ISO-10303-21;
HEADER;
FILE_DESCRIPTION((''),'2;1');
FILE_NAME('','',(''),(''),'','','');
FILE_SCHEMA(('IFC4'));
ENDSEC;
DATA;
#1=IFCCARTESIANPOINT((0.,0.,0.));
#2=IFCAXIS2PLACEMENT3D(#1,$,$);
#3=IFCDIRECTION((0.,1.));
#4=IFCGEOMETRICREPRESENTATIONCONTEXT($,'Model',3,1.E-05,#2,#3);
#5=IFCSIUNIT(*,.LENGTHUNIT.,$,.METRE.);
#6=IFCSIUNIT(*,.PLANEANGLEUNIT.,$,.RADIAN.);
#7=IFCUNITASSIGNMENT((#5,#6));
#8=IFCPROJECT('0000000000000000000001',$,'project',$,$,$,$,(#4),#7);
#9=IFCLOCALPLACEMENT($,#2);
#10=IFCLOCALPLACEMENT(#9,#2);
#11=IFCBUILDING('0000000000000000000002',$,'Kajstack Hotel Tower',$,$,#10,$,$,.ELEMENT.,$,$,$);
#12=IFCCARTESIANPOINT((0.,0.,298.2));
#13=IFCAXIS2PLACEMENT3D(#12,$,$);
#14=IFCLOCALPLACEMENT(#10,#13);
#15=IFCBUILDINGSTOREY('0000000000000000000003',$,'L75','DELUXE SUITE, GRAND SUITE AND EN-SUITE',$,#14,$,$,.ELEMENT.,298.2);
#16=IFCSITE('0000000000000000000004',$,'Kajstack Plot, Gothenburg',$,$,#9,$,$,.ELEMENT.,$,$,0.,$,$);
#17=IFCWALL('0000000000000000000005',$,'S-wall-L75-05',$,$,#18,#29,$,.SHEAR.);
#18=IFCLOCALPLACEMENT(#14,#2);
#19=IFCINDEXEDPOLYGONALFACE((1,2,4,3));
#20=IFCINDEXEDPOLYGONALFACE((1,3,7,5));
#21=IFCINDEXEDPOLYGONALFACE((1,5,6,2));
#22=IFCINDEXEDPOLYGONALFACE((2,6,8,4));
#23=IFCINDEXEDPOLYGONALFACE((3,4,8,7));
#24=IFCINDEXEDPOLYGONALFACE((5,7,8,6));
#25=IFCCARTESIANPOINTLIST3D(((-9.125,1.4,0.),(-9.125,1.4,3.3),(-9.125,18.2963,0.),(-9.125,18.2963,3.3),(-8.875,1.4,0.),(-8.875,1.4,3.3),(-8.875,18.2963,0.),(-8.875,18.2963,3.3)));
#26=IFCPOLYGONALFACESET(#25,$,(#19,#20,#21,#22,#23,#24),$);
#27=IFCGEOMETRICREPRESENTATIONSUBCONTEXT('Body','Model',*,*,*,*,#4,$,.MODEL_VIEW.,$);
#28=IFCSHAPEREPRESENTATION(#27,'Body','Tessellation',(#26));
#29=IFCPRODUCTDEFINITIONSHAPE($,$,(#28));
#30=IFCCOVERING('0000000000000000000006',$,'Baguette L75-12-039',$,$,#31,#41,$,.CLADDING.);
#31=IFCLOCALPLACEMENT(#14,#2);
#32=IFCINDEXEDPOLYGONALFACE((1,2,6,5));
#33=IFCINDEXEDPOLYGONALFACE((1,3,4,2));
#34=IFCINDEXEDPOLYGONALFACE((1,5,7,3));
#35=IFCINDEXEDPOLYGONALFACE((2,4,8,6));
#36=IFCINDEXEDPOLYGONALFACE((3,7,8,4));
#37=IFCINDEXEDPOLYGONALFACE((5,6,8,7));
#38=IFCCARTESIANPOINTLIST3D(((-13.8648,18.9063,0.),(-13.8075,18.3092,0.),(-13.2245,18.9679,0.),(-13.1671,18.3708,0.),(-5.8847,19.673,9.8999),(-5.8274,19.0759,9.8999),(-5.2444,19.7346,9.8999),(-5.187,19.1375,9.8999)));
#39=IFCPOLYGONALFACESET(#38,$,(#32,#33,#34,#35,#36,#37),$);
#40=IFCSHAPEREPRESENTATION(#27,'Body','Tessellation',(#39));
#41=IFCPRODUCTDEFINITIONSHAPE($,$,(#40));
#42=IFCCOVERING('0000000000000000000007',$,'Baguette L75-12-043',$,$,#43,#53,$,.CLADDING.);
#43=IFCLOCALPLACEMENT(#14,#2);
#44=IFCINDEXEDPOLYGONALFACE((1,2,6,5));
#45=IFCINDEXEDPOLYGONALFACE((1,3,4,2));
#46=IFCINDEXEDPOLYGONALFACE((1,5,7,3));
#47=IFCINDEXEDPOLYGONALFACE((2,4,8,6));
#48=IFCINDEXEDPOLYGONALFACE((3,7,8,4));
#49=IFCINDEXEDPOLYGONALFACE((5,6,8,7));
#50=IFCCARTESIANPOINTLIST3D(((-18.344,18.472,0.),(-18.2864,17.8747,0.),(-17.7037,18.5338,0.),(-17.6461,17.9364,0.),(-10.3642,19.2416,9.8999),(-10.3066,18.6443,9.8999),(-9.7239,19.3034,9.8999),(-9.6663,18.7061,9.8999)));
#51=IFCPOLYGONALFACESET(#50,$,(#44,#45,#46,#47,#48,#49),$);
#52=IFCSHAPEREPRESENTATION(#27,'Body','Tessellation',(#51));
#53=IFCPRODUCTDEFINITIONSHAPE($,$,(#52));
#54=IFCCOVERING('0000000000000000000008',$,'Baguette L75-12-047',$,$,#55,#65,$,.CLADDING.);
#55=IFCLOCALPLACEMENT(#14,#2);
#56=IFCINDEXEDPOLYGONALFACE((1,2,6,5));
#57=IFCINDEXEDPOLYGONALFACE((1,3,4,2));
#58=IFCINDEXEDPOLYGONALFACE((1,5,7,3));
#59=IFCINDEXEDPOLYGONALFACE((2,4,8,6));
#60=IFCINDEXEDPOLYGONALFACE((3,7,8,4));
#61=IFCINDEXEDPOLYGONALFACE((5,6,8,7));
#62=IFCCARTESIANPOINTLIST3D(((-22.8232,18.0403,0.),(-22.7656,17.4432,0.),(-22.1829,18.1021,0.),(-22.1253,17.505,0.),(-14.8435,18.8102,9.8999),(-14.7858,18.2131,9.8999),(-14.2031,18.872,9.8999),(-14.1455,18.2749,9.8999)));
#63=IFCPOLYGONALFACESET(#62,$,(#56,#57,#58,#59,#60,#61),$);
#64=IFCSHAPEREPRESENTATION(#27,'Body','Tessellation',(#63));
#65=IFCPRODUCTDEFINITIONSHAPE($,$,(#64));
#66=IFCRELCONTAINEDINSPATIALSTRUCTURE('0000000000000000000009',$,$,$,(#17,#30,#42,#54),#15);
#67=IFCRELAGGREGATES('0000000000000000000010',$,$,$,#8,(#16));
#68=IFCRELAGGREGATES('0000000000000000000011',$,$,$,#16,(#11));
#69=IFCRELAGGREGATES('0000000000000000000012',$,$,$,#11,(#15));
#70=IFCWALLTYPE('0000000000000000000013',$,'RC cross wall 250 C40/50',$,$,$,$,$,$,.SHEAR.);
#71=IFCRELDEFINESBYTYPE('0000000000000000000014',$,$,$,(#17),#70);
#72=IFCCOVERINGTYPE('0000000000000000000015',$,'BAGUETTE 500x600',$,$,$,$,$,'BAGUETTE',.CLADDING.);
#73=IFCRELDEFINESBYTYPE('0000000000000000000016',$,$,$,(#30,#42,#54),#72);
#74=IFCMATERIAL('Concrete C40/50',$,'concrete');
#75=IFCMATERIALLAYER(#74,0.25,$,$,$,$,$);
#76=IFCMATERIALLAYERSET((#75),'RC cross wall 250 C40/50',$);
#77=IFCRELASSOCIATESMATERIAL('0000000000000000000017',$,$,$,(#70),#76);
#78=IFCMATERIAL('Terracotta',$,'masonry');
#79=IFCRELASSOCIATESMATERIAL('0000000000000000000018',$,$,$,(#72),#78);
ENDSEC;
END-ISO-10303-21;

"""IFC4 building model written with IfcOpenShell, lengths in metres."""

from ifc_helpers import new_model, si_unit, direction, frame, frame_2d, origin, origin_2d, place, context, subcontext, project, spatial, polyline, rectangle, outline, extrude, material, layer, layer_set, material_profile, profile_set, type_object, element, save


model = new_model("IFC4")

# Units and contexts
model_context = context("Model", 3, precision=1e-05, world=origin(), true_north=direction((0.0, 1.0)))
body_context = subcontext(model_context, "Body", "Model", "MODEL_VIEW")
ifc_project = project(units=[si_unit("LENGTHUNIT", "METRE"), si_unit("PLANEANGLEUNIT", "RADIAN")], contexts=[model_context])

# Site, building, storey
site_placement = place(None, origin())
site = spatial("IfcSite", under=ifc_project, at=site_placement, Name="Kajstack Plot, Gothenburg", CompositionType="ELEMENT", RefElevation=0.0)
building_placement = place(site_placement, origin())
building = spatial("IfcBuilding", under=site, at=building_placement, Name="Kajstack Hotel Tower", CompositionType="ELEMENT")
storey_placement = place(building_placement, frame((0.0, 0.0, 298.2)))
storey = spatial("IfcBuildingStorey", under=building, at=storey_placement, Name="L75", Description="DELUXE SUITE, GRAND SUITE AND EN-SUITE", CompositionType="ELEMENT", Elevation=298.2)

# Wall
ifc_material_1 = material(Name="Concrete C40/50", Category="concrete")
ifc_layer_1 = layer(ifc_material_1, 0.25)
ifc_layer_set_1 = layer_set([ifc_layer_1], Name="RC cross wall 250 C40/50")
wall_type_1 = type_object("IfcWallType", Name="RC cross wall 250 C40/50", PredefinedType="SHEAR", material=ifc_layer_set_1)
wall_1_placement = place(storey_placement, frame((-9.0, 1.3999, 0.0), z_axis=(0.0, 0.0, 1.0), x_axis=(0.0, 1.0, 0.0)))
element("IfcWall", 1, at=wall_1_placement, inside=storey, type_object=wall_type_1, Name="S-wall-L75-05", PredefinedType="SHEAR", context=body_context, shape_type="SweptSolid", body=[
    extrude(rectangle(XDim=16.8962, YDim=0.25, at=frame_2d((8.4482, 0.0))), origin(), (0.0, 0.0, 1.0), 3.3),
])

# Coverings
ifc_material_2 = material(Name="Terracotta", Category="masonry")
ifc_material_profile = material_profile(ifc_material_2, rectangle(XDim=0.6001, YDim=0.5, at=origin_2d()), Name="Terracotta-clad concrete baguette 500 x 600")
ifc_profile_set = profile_set([ifc_material_profile], Name="Terracotta")
covering_type = type_object("IfcCoveringType", Name="BAGUETTE 500x600", ElementType="BAGUETTE", PredefinedType="CLADDING", material=ifc_profile_set)
covering_1_placement = place(storey_placement, frame((-5.187, 19.1375, 0.0), z_axis=(-0.095635, 0.995416, 0.0), x_axis=(-0.995416, -0.095635, 0.0)))
element("IfcCovering", 2, at=covering_1_placement, inside=storey, type_object=covering_type, Name="Baguette L75-12-039", PredefinedType="CLADDING", context=body_context, shape_type="SweptSolid", body=[
    extrude(outline(polyline([(0.0, 9.8999), (8.0168, 0.0), (8.6602, 0.0), (0.6433, 9.8999), (0.0, 9.8999)])), origin(), (0.0, 0.0, 1.0), 0.5999),
])
covering_2_placement = place(storey_placement, frame((-9.6663, 18.7061, 0.0), z_axis=(-0.095999, 0.995381, 0.0), x_axis=(-0.995381, -0.095999, 0.0)))
element("IfcCovering", 3, at=covering_2_placement, inside=storey, type_object=covering_type, Name="Baguette L75-12-043", PredefinedType="CLADDING", context=body_context, shape_type="SweptSolid", body=[
    extrude(outline(polyline([(0.0, 9.8999), (8.0168, 0.0), (8.6602, 0.0), (0.6433, 9.8999), (0.0, 9.8999)])), origin(), (0.0, 0.0, 1.0), 0.6001),
])
covering_3_placement = place(storey_placement, frame((-14.1455, 18.2749, 0.0), z_axis=(-0.096038, 0.995378, 0.0), x_axis=(-0.995378, -0.096038, 0.0)))
element("IfcCovering", 4, at=covering_3_placement, inside=storey, type_object=covering_type, Name="Baguette L75-12-047", PredefinedType="CLADDING", context=body_context, shape_type="SweptSolid", body=[
    extrude(outline(polyline([(0.0, 9.8999), (8.0168, 0.0), (8.6602, 0.0), (0.6433, 9.8999), (0.0, 9.8999)])), origin(), (0.0, 0.0, 1.0), 0.5999),
])

save(model, "model.ifc")
